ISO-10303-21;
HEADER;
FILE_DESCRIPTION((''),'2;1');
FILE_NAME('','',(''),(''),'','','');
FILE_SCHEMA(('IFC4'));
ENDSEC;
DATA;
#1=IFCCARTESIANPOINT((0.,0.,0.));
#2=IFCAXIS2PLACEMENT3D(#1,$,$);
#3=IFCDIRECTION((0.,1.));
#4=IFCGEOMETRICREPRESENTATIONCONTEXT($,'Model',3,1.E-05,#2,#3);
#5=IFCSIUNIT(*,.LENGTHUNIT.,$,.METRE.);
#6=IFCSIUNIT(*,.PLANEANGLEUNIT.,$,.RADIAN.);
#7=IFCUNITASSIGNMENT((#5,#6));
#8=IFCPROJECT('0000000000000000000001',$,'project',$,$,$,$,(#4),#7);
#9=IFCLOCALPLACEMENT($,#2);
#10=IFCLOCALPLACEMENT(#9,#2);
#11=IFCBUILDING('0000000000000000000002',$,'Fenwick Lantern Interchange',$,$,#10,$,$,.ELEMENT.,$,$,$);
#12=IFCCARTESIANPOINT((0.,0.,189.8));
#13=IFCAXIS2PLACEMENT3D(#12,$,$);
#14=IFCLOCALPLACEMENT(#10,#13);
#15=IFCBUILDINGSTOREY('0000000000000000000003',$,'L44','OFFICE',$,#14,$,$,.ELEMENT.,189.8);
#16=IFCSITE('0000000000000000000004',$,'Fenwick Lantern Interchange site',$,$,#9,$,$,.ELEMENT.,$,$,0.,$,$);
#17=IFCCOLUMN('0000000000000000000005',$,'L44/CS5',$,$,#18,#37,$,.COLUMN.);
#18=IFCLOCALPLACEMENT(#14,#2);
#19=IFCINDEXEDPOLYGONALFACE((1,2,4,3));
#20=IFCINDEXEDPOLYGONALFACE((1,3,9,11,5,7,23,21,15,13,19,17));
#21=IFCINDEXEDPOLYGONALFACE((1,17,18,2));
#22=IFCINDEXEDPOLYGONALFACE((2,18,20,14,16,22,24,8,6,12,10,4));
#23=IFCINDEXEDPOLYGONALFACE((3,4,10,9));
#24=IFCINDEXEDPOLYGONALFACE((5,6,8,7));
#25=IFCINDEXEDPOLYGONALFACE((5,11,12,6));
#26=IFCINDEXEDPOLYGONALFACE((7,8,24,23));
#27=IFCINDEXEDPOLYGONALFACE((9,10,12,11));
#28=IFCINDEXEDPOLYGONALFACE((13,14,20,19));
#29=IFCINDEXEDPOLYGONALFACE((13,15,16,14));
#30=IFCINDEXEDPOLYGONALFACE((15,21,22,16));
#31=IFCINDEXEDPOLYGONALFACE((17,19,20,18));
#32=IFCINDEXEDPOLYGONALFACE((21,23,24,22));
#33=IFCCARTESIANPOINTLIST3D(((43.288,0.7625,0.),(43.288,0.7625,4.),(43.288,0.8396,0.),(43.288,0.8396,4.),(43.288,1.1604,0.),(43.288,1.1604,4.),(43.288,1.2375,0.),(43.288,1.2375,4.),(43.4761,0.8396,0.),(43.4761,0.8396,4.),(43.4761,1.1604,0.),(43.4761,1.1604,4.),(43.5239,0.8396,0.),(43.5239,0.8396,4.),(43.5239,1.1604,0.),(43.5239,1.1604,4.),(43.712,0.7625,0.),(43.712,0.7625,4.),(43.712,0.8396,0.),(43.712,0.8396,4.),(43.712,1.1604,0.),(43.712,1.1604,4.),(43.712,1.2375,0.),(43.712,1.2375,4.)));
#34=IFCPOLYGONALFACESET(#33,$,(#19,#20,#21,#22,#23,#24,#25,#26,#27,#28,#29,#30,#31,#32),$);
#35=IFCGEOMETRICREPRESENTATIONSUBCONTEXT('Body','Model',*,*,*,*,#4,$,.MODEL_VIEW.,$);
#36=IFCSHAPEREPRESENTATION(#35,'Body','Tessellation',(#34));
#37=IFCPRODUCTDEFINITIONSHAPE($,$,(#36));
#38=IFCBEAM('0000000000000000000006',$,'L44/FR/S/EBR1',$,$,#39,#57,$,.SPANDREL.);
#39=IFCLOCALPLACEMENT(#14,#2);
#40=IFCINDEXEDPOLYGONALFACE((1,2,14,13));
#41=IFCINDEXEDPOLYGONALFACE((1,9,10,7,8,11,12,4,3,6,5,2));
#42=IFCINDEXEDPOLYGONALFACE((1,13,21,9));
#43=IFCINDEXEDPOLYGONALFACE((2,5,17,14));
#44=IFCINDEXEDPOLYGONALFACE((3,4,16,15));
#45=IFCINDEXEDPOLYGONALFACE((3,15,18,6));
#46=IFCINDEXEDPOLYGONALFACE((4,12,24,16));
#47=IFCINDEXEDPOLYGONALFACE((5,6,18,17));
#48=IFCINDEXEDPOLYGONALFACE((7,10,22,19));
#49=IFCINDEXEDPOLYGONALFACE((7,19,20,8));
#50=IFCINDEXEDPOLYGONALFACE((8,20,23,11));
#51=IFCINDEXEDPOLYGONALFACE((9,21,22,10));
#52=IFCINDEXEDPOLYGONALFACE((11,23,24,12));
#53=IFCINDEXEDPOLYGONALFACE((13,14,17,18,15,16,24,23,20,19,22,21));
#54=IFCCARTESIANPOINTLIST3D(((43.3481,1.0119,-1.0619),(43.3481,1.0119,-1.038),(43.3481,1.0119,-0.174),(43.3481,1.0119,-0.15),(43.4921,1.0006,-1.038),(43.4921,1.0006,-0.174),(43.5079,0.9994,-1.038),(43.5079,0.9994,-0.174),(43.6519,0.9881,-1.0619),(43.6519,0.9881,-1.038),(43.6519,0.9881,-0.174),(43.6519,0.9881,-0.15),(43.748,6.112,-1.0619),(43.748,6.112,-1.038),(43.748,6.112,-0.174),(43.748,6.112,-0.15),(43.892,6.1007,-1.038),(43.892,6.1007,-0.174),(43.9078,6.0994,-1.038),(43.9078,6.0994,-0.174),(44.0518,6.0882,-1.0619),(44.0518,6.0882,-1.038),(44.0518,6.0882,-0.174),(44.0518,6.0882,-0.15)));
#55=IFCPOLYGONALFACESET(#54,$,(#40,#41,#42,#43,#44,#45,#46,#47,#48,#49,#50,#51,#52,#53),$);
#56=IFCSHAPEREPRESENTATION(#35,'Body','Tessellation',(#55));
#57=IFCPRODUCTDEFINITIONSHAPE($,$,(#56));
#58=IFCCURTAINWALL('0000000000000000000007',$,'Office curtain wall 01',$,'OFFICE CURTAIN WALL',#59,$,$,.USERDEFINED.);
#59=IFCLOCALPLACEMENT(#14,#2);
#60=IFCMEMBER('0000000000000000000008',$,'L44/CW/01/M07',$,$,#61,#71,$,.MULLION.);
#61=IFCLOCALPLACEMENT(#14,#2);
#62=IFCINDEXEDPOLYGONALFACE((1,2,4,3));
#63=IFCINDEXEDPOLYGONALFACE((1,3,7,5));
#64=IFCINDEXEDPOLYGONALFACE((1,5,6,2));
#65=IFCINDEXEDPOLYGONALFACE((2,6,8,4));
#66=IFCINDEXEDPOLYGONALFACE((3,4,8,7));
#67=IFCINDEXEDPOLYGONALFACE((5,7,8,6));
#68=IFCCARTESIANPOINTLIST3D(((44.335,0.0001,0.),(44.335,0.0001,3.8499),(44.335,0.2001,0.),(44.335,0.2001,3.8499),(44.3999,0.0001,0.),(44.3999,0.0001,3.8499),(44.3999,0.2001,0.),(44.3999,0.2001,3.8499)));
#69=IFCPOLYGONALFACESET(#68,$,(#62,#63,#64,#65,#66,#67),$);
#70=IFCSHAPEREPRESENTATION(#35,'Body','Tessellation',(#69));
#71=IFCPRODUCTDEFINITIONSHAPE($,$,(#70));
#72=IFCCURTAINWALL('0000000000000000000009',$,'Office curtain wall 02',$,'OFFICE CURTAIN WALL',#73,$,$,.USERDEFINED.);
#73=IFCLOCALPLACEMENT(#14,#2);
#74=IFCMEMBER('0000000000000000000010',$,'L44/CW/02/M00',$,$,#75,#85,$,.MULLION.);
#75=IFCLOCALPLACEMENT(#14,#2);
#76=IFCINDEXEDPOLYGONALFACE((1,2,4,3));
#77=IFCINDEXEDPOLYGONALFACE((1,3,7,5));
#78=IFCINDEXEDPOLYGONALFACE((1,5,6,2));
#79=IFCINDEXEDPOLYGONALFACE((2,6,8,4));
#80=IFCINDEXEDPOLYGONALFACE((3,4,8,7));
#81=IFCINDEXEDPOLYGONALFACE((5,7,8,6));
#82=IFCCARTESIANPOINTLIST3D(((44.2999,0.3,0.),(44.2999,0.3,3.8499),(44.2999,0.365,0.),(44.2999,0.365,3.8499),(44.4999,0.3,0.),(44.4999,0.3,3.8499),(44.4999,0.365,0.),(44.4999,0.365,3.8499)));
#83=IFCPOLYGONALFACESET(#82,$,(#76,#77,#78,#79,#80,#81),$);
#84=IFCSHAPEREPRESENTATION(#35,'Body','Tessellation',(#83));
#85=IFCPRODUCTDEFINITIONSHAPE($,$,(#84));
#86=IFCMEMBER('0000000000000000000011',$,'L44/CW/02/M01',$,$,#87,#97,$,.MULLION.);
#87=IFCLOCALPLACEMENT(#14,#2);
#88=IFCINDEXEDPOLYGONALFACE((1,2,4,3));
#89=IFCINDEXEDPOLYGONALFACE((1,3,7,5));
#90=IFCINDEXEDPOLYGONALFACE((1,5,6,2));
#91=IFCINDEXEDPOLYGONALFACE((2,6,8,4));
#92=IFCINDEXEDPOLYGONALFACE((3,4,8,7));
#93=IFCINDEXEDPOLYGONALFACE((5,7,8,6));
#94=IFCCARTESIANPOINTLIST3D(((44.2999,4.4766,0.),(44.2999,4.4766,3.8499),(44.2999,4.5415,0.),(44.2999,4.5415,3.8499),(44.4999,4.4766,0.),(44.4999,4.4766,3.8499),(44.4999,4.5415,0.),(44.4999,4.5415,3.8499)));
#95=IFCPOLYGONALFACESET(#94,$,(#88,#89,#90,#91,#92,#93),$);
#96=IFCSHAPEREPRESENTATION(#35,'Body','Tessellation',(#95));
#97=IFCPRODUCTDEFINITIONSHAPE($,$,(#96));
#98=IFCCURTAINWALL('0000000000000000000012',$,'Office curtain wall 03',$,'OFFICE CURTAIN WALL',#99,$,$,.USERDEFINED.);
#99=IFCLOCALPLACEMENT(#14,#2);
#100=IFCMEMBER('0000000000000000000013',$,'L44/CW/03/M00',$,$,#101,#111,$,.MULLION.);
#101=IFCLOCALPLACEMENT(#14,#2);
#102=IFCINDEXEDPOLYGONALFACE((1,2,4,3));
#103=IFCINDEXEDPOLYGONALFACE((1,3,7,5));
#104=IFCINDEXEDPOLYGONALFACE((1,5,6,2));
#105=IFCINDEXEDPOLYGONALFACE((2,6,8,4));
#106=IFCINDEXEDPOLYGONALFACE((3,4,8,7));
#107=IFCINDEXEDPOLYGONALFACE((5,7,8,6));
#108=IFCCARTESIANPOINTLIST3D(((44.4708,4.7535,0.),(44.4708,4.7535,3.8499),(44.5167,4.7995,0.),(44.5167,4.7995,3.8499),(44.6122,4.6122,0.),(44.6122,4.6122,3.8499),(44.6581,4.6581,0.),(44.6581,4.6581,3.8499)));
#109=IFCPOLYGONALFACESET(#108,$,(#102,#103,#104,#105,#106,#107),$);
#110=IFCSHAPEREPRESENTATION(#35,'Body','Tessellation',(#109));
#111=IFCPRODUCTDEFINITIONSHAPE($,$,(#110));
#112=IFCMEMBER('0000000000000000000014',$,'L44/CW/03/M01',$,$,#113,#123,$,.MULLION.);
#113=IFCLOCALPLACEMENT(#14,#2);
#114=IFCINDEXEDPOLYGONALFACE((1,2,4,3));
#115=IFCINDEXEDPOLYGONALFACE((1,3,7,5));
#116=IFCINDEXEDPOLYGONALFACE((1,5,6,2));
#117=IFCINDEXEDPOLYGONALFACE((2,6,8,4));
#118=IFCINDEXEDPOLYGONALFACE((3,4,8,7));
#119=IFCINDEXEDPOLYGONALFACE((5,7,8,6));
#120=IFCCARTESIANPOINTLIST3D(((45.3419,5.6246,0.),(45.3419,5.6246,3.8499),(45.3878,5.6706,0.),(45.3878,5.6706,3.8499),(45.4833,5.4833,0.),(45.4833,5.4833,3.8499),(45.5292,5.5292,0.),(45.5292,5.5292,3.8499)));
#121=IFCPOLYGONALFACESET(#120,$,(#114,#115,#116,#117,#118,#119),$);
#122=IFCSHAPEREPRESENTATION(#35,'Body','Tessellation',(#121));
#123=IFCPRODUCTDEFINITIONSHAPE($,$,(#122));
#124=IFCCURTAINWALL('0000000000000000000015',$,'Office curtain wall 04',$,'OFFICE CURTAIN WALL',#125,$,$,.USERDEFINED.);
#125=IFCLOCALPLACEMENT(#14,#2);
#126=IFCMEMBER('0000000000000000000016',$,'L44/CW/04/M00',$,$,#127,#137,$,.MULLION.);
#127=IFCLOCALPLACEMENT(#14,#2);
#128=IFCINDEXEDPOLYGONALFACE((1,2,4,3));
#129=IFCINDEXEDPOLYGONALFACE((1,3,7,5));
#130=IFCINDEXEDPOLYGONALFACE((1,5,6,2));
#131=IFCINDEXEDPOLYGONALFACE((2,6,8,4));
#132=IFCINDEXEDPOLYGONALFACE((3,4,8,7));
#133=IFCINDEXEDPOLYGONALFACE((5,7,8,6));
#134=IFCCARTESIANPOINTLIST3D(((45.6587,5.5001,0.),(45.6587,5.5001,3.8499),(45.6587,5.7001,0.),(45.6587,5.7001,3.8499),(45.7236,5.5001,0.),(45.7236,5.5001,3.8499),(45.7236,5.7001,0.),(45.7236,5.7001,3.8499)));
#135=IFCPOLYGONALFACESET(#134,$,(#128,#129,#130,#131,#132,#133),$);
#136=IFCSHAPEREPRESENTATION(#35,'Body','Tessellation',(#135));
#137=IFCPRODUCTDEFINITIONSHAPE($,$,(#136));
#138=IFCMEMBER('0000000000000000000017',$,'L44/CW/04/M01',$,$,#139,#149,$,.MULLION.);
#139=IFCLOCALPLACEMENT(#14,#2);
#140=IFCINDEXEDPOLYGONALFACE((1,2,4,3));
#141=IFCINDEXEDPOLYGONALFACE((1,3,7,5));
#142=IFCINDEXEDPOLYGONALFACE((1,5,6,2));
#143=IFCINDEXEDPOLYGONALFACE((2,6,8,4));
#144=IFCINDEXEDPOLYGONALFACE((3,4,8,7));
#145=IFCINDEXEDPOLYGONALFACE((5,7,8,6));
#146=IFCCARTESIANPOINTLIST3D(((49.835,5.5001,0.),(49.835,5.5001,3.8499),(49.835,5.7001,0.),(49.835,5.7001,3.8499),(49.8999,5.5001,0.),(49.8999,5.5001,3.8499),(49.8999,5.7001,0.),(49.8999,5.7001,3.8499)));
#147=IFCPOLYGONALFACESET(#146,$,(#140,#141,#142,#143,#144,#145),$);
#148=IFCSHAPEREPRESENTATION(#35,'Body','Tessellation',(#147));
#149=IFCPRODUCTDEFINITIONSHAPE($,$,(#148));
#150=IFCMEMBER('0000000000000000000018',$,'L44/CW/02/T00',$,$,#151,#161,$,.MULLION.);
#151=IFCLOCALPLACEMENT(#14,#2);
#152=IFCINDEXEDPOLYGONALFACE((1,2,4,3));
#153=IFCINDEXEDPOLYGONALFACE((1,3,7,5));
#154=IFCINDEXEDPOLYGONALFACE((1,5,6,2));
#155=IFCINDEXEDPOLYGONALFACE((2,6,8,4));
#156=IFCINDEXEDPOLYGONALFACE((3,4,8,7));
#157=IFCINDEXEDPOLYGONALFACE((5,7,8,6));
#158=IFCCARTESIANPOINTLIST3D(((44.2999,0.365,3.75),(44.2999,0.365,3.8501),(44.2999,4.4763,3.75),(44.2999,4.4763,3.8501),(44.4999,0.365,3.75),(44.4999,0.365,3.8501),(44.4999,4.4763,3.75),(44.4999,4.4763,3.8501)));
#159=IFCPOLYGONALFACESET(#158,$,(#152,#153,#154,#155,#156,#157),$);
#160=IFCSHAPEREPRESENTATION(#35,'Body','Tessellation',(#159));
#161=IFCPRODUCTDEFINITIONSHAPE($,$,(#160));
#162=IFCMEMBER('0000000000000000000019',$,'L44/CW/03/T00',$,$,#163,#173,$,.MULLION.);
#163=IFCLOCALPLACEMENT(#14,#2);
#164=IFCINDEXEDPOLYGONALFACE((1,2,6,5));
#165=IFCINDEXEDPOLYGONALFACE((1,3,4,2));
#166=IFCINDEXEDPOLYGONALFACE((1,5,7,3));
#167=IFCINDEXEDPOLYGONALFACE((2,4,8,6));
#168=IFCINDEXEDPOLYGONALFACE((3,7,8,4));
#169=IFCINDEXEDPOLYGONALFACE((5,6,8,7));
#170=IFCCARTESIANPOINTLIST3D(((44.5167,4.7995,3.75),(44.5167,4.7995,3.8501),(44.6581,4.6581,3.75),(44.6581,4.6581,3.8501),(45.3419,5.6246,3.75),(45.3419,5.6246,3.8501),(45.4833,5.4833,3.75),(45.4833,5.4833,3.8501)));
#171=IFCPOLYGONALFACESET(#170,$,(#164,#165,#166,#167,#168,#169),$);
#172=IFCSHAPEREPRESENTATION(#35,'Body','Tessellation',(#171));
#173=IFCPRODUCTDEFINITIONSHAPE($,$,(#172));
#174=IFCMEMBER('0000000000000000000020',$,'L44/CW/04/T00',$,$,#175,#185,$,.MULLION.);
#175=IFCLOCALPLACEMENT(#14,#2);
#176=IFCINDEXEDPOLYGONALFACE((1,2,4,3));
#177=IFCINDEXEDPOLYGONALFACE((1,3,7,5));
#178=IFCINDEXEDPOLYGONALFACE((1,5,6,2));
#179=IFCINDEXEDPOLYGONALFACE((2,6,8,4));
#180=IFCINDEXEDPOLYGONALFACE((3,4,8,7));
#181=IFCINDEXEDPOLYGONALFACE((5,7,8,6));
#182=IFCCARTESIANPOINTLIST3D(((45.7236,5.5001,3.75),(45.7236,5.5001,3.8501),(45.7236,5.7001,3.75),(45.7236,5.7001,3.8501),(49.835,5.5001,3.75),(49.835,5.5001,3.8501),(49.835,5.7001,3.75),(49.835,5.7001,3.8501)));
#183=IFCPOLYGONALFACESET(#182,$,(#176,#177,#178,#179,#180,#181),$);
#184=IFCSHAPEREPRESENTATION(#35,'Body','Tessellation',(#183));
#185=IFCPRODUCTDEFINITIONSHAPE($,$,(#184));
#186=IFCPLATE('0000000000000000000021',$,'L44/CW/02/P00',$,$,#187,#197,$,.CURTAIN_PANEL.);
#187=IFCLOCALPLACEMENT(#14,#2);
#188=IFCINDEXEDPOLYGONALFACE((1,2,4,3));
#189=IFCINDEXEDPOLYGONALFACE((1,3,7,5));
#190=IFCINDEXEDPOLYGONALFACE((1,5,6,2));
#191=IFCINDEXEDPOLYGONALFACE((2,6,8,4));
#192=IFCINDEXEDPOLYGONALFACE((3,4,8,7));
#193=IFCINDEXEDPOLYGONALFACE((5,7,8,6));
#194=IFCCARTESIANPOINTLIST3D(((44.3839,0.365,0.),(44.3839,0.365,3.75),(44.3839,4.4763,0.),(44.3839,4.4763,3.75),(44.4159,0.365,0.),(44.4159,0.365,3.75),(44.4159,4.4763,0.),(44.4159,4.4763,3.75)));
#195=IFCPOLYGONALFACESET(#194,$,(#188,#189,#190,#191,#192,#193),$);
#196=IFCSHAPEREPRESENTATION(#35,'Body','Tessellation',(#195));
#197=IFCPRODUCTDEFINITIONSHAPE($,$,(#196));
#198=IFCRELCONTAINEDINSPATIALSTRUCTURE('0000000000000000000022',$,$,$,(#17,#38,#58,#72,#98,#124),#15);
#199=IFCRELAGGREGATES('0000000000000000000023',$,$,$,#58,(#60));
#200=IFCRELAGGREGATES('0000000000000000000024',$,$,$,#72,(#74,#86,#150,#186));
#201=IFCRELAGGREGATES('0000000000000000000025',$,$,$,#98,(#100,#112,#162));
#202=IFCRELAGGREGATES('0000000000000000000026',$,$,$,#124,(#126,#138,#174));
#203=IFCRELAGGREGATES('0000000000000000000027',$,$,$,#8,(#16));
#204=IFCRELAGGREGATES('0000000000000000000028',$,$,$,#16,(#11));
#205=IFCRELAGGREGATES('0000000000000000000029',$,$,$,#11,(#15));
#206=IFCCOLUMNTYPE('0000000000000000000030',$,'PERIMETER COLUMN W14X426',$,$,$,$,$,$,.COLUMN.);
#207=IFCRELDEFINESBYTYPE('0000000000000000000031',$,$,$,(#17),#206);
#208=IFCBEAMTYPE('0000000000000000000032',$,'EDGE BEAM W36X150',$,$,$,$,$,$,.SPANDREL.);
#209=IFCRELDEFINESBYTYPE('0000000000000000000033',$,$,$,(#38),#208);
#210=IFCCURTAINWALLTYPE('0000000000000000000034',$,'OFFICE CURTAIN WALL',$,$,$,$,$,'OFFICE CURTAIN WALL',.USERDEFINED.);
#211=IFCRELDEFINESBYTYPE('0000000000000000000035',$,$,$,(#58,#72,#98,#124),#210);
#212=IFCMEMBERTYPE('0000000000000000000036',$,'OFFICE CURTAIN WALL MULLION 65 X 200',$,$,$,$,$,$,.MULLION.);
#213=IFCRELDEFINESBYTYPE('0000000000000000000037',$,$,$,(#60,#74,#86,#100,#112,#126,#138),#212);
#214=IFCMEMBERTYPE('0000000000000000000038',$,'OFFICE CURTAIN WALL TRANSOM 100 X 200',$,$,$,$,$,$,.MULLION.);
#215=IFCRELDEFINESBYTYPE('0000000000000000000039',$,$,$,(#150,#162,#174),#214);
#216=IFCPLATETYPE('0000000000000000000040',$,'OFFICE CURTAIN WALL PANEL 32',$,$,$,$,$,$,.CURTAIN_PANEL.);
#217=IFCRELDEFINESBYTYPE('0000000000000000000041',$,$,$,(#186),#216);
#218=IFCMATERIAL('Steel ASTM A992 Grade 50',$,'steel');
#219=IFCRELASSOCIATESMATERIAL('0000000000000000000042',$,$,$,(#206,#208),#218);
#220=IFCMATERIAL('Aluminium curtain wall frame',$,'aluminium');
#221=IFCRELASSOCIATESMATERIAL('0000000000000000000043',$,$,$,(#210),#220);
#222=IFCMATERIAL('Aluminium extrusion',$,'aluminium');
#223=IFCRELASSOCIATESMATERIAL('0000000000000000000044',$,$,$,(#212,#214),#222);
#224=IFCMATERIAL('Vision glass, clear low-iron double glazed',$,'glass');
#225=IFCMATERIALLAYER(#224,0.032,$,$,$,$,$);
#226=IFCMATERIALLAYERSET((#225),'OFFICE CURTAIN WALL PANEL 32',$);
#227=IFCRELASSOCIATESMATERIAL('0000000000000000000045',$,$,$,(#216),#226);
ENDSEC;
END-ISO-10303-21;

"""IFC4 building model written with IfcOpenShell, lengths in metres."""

from ifc_helpers import new_model, si_unit, direction, frame, origin, origin_2d, place, context, subcontext, project, spatial, rectangle, i_section, extrude, material, layer, layer_set, material_profile, profile_set, type_object, element, aggregate, save


model = new_model("IFC4")

# Units and contexts
model_context = context("Model", 3, precision=1e-05, world=origin(), true_north=direction((0.0, 1.0)))
body_context = subcontext(model_context, "Body", "Model", "MODEL_VIEW")
ifc_project = project(units=[si_unit("LENGTHUNIT", "METRE"), si_unit("PLANEANGLEUNIT", "RADIAN")], contexts=[model_context])

# Site, building, storey
site_placement = place(None, origin())
site = spatial("IfcSite", under=ifc_project, at=site_placement, Name="Fenwick Lantern Interchange site", CompositionType="ELEMENT", RefElevation=0.0)
building_placement = place(site_placement, origin())
building = spatial("IfcBuilding", under=site, at=building_placement, Name="Fenwick Lantern Interchange", CompositionType="ELEMENT")
storey_placement = place(building_placement, frame((0.0, 0.0, 189.8)))
storey = spatial("IfcBuildingStorey", under=building, at=storey_placement, Name="L44", Description="OFFICE", CompositionType="ELEMENT", Elevation=189.8)

# Column
ifc_material_1 = material(Name="Steel ASTM A992 Grade 50", Category="steel")
ifc_material_profile_1 = material_profile(ifc_material_1, i_section(OverallWidth=0.4241, OverallDepth=0.4751, WebThickness=0.0479, FlangeThickness=0.0771, at=origin_2d()), Name="W14X426")
ifc_profile_set_1 = profile_set([ifc_material_profile_1], Name="Steel ASTM A992 Grade 50")
column_type = type_object("IfcColumnType", Name="PERIMETER COLUMN W14X426", PredefinedType="COLUMN", material=ifc_profile_set_1)
column_placement = place(storey_placement, frame((43.5, 1.0, 0.0), z_axis=(0.0, 0.0, 1.0), x_axis=(1.0, 0.0, 0.0)))
element("IfcColumn", 1, at=column_placement, inside=storey, type_object=column_type, Name="L44/CS5", PredefinedType="COLUMN", context=body_context, shape_type="SweptSolid", body=[
    extrude(i_section(OverallWidth=0.4241, OverallDepth=0.4751, WebThickness=0.0479, FlangeThickness=0.0771, at=origin_2d()), origin(), (0.0, 0.0, 1.0), 4.0),
])

# Beam
ifc_material_profile_2 = material_profile(ifc_material_1, i_section(OverallWidth=0.3047, OverallDepth=0.9119, WebThickness=0.0159, FlangeThickness=0.0239, at=origin_2d()), Name="W36X150")
ifc_profile_set_2 = profile_set([ifc_material_profile_2], Name="Steel ASTM A992 Grade 50")
beam_type = type_object("IfcBeamType", Name="EDGE BEAM W36X150", PredefinedType="SPANDREL", material=ifc_profile_set_2)
beam_placement = place(storey_placement, frame((43.5, 1.0, -0.606), z_axis=(0.078171, 0.99694, 0.0), x_axis=(-0.99694, 0.078171, 0.0)))
element("IfcBeam", 2, at=beam_placement, inside=storey, type_object=beam_type, Name="L44/FR/S/EBR1", PredefinedType="SPANDREL", context=body_context, shape_type="SweptSolid", body=[
    extrude(i_section(OverallWidth=0.3047, OverallDepth=0.9119, WebThickness=0.0159, FlangeThickness=0.0239, at=origin_2d()), origin(), (0.0, 0.0, 1.0), 5.1157),
])

# Curtain wall, member
ifc_material_2 = material(Name="Aluminium curtain wall frame", Category="aluminium")
curtain_wall_type = type_object("IfcCurtainWallType", Name="OFFICE CURTAIN WALL", ElementType="OFFICE CURTAIN WALL", PredefinedType="USERDEFINED", material=ifc_material_2)
curtain_wall_1_placement = place(storey_placement, origin())
curtain_wall_1 = element("IfcCurtainWall", 3, at=curtain_wall_1_placement, inside=storey, type_object=curtain_wall_type, Name="Office curtain wall 01", ObjectType="OFFICE CURTAIN WALL", PredefinedType="USERDEFINED")
ifc_material_3 = material(Name="Aluminium extrusion", Category="aluminium")
ifc_material_profile_3 = material_profile(ifc_material_3, rectangle(XDim=0.2, YDim=0.0649, at=origin_2d()), Name="OFFICE CURTAIN WALL MULLION 65 X 200")
ifc_profile_set_3 = profile_set([ifc_material_profile_3], Name="Aluminium extrusion")
member_type_1 = type_object("IfcMemberType", Name="OFFICE CURTAIN WALL MULLION 65 X 200", PredefinedType="MULLION", material=ifc_profile_set_3)
member_1_placement = place(storey_placement, frame((44.3674, 0.1001, 0.0), z_axis=(0.0, 0.0, 1.0), x_axis=(0.0, 1.0, 0.0)))
member_1 = element("IfcMember", 4, at=member_1_placement, type_object=member_type_1, Name="L44/CW/01/M07", PredefinedType="MULLION", context=body_context, shape_type="SweptSolid", body=[
    extrude(rectangle(XDim=0.2, YDim=0.0649, at=origin_2d()), origin(), (0.0, 0.0, 1.0), 3.8499),
])
aggregate(curtain_wall_1, [member_1])

# Curtain walls, members
curtain_wall_2_placement = place(storey_placement, origin())
curtain_wall_2 = element("IfcCurtainWall", 5, at=curtain_wall_2_placement, inside=storey, type_object=curtain_wall_type, Name="Office curtain wall 02", ObjectType="OFFICE CURTAIN WALL", PredefinedType="USERDEFINED")
member_2_placement = place(storey_placement, frame((44.3999, 0.3325, 0.0), z_axis=(0.0, 0.0, 1.0), x_axis=(-1.0, 0.0, 0.0)))
member_2 = element("IfcMember", 6, at=member_2_placement, type_object=member_type_1, Name="L44/CW/02/M00", PredefinedType="MULLION", context=body_context, shape_type="SweptSolid", body=[
    extrude(rectangle(XDim=0.2, YDim=0.0649, at=origin_2d()), origin(), (0.0, 0.0, 1.0), 3.8499),
])
member_3_placement = place(storey_placement, frame((44.3999, 4.509, 0.0), z_axis=(0.0, 0.0, 1.0), x_axis=(-1.0, 0.0, 0.0)))
member_3 = element("IfcMember", 7, at=member_3_placement, type_object=member_type_1, Name="L44/CW/02/M01", PredefinedType="MULLION", context=body_context, shape_type="SweptSolid", body=[
    extrude(rectangle(XDim=0.2, YDim=0.0649, at=origin_2d()), origin(), (0.0, 0.0, 1.0), 3.8499),
])
curtain_wall_3_placement = place(storey_placement, origin())
curtain_wall_3 = element("IfcCurtainWall", 8, at=curtain_wall_3_placement, inside=storey, type_object=curtain_wall_type, Name="Office curtain wall 03", ObjectType="OFFICE CURTAIN WALL", PredefinedType="USERDEFINED")
member_4_placement = place(storey_placement, frame((44.5645, 4.7058, 0.0), z_axis=(0.0, 0.0, 1.0), x_axis=(-0.707107, 0.707107, 0.0)))
member_4 = element("IfcMember", 9, at=member_4_placement, type_object=member_type_1, Name="L44/CW/03/M00", PredefinedType="MULLION", context=body_context, shape_type="SweptSolid", body=[
    extrude(rectangle(XDim=0.2, YDim=0.0649, at=origin_2d()), origin(), (0.0, 0.0, 1.0), 3.8499),
])
member_5_placement = place(storey_placement, frame((45.4355, 5.5769, 0.0), z_axis=(0.0, 0.0, 1.0), x_axis=(-0.707107, 0.707107, 0.0)))
member_5 = element("IfcMember", 10, at=member_5_placement, type_object=member_type_1, Name="L44/CW/03/M01", PredefinedType="MULLION", context=body_context, shape_type="SweptSolid", body=[
    extrude(rectangle(XDim=0.2, YDim=0.0649, at=origin_2d()), origin(), (0.0, 0.0, 1.0), 3.8499),
])
curtain_wall_4_placement = place(storey_placement, origin())
curtain_wall_4 = element("IfcCurtainWall", 11, at=curtain_wall_4_placement, inside=storey, type_object=curtain_wall_type, Name="Office curtain wall 04", ObjectType="OFFICE CURTAIN WALL", PredefinedType="USERDEFINED")
member_6_placement = place(storey_placement, frame((45.6912, 5.6001, 0.0), z_axis=(0.0, 0.0, 1.0), x_axis=(0.0, 1.0, 0.0)))
member_6 = element("IfcMember", 12, at=member_6_placement, type_object=member_type_1, Name="L44/CW/04/M00", PredefinedType="MULLION", context=body_context, shape_type="SweptSolid", body=[
    extrude(rectangle(XDim=0.2, YDim=0.0649, at=origin_2d()), origin(), (0.0, 0.0, 1.0), 3.8499),
])
member_7_placement = place(storey_placement, frame((49.8674, 5.6001, 0.0), z_axis=(0.0, 0.0, 1.0), x_axis=(0.0, 1.0, 0.0)))
member_7 = element("IfcMember", 13, at=member_7_placement, type_object=member_type_1, Name="L44/CW/04/M01", PredefinedType="MULLION", context=body_context, shape_type="SweptSolid", body=[
    extrude(rectangle(XDim=0.2, YDim=0.0649, at=origin_2d()), origin(), (0.0, 0.0, 1.0), 3.8499),
])

# Members
ifc_material_profile_4 = material_profile(ifc_material_3, rectangle(XDim=0.2, YDim=0.1001, at=origin_2d()), Name="OFFICE CURTAIN WALL TRANSOM 100 X 200")
ifc_profile_set_4 = profile_set([ifc_material_profile_4], Name="Aluminium extrusion")
member_type_2 = type_object("IfcMemberType", Name="OFFICE CURTAIN WALL TRANSOM 100 X 200", PredefinedType="MULLION", material=ifc_profile_set_4)
member_8_placement = place(storey_placement, frame((44.3999, 0.365, 3.8), z_axis=(0.0, 1.0, 0.0), x_axis=(-1.0, 0.0, 0.0)))
member_8 = element("IfcMember", 14, at=member_8_placement, type_object=member_type_2, Name="L44/CW/02/T00", PredefinedType="MULLION", context=body_context, shape_type="SweptSolid", body=[
    extrude(rectangle(XDim=0.2, YDim=0.1001, at=origin_2d()), origin(), (0.0, 0.0, 1.0), 4.1113),
])
member_9_placement = place(storey_placement, frame((44.5874, 4.7288, 3.8), z_axis=(0.707107, 0.707107, 0.0), x_axis=(-0.707107, 0.707107, 0.0)))
member_9 = element("IfcMember", 15, at=member_9_placement, type_object=member_type_2, Name="L44/CW/03/T00", PredefinedType="MULLION", context=body_context, shape_type="SweptSolid", body=[
    extrude(rectangle(XDim=0.2, YDim=0.1001, at=origin_2d()), origin(), (0.0, 0.0, 1.0), 1.167),
])
member_10_placement = place(storey_placement, frame((45.7236, 5.6001, 3.8), z_axis=(1.0, 0.0, 0.0), x_axis=(0.0, 1.0, 0.0)))
member_10 = element("IfcMember", 16, at=member_10_placement, type_object=member_type_2, Name="L44/CW/04/T00", PredefinedType="MULLION", context=body_context, shape_type="SweptSolid", body=[
    extrude(rectangle(XDim=0.2, YDim=0.1001, at=origin_2d()), origin(), (0.0, 0.0, 1.0), 4.1113),
])

# Plate
ifc_material_4 = material(Name="Vision glass, clear low-iron double glazed", Category="glass")
ifc_layer_1 = layer(ifc_material_4, 0.032)
ifc_layer_set_1 = layer_set([ifc_layer_1], Name="OFFICE CURTAIN WALL PANEL 32")
plate_type = type_object("IfcPlateType", Name="OFFICE CURTAIN WALL PANEL 32", PredefinedType="CURTAIN_PANEL", material=ifc_layer_set_1)
plate_1_placement = place(storey_placement, frame((44.3999, 2.4207, 0.0), z_axis=(0.0, 0.0, 1.0), x_axis=(0.0, 1.0, 0.0)))
plate_1 = element("IfcPlate", 17, at=plate_1_placement, type_object=plate_type, Name="L44/CW/02/P00", PredefinedType="CURTAIN_PANEL", context=body_context, shape_type="SweptSolid", body=[
    extrude(rectangle(XDim=4.1113, YDim=0.032, at=origin_2d()), origin(), (0.0, 0.0, 1.0), 3.75),
])
aggregate(curtain_wall_2, [member_2, member_3, member_8, plate_1])
aggregate(curtain_wall_3, [member_4, member_5, member_9])
aggregate(curtain_wall_4, [member_6, member_7, member_10])

save(model, "model.ifc")
